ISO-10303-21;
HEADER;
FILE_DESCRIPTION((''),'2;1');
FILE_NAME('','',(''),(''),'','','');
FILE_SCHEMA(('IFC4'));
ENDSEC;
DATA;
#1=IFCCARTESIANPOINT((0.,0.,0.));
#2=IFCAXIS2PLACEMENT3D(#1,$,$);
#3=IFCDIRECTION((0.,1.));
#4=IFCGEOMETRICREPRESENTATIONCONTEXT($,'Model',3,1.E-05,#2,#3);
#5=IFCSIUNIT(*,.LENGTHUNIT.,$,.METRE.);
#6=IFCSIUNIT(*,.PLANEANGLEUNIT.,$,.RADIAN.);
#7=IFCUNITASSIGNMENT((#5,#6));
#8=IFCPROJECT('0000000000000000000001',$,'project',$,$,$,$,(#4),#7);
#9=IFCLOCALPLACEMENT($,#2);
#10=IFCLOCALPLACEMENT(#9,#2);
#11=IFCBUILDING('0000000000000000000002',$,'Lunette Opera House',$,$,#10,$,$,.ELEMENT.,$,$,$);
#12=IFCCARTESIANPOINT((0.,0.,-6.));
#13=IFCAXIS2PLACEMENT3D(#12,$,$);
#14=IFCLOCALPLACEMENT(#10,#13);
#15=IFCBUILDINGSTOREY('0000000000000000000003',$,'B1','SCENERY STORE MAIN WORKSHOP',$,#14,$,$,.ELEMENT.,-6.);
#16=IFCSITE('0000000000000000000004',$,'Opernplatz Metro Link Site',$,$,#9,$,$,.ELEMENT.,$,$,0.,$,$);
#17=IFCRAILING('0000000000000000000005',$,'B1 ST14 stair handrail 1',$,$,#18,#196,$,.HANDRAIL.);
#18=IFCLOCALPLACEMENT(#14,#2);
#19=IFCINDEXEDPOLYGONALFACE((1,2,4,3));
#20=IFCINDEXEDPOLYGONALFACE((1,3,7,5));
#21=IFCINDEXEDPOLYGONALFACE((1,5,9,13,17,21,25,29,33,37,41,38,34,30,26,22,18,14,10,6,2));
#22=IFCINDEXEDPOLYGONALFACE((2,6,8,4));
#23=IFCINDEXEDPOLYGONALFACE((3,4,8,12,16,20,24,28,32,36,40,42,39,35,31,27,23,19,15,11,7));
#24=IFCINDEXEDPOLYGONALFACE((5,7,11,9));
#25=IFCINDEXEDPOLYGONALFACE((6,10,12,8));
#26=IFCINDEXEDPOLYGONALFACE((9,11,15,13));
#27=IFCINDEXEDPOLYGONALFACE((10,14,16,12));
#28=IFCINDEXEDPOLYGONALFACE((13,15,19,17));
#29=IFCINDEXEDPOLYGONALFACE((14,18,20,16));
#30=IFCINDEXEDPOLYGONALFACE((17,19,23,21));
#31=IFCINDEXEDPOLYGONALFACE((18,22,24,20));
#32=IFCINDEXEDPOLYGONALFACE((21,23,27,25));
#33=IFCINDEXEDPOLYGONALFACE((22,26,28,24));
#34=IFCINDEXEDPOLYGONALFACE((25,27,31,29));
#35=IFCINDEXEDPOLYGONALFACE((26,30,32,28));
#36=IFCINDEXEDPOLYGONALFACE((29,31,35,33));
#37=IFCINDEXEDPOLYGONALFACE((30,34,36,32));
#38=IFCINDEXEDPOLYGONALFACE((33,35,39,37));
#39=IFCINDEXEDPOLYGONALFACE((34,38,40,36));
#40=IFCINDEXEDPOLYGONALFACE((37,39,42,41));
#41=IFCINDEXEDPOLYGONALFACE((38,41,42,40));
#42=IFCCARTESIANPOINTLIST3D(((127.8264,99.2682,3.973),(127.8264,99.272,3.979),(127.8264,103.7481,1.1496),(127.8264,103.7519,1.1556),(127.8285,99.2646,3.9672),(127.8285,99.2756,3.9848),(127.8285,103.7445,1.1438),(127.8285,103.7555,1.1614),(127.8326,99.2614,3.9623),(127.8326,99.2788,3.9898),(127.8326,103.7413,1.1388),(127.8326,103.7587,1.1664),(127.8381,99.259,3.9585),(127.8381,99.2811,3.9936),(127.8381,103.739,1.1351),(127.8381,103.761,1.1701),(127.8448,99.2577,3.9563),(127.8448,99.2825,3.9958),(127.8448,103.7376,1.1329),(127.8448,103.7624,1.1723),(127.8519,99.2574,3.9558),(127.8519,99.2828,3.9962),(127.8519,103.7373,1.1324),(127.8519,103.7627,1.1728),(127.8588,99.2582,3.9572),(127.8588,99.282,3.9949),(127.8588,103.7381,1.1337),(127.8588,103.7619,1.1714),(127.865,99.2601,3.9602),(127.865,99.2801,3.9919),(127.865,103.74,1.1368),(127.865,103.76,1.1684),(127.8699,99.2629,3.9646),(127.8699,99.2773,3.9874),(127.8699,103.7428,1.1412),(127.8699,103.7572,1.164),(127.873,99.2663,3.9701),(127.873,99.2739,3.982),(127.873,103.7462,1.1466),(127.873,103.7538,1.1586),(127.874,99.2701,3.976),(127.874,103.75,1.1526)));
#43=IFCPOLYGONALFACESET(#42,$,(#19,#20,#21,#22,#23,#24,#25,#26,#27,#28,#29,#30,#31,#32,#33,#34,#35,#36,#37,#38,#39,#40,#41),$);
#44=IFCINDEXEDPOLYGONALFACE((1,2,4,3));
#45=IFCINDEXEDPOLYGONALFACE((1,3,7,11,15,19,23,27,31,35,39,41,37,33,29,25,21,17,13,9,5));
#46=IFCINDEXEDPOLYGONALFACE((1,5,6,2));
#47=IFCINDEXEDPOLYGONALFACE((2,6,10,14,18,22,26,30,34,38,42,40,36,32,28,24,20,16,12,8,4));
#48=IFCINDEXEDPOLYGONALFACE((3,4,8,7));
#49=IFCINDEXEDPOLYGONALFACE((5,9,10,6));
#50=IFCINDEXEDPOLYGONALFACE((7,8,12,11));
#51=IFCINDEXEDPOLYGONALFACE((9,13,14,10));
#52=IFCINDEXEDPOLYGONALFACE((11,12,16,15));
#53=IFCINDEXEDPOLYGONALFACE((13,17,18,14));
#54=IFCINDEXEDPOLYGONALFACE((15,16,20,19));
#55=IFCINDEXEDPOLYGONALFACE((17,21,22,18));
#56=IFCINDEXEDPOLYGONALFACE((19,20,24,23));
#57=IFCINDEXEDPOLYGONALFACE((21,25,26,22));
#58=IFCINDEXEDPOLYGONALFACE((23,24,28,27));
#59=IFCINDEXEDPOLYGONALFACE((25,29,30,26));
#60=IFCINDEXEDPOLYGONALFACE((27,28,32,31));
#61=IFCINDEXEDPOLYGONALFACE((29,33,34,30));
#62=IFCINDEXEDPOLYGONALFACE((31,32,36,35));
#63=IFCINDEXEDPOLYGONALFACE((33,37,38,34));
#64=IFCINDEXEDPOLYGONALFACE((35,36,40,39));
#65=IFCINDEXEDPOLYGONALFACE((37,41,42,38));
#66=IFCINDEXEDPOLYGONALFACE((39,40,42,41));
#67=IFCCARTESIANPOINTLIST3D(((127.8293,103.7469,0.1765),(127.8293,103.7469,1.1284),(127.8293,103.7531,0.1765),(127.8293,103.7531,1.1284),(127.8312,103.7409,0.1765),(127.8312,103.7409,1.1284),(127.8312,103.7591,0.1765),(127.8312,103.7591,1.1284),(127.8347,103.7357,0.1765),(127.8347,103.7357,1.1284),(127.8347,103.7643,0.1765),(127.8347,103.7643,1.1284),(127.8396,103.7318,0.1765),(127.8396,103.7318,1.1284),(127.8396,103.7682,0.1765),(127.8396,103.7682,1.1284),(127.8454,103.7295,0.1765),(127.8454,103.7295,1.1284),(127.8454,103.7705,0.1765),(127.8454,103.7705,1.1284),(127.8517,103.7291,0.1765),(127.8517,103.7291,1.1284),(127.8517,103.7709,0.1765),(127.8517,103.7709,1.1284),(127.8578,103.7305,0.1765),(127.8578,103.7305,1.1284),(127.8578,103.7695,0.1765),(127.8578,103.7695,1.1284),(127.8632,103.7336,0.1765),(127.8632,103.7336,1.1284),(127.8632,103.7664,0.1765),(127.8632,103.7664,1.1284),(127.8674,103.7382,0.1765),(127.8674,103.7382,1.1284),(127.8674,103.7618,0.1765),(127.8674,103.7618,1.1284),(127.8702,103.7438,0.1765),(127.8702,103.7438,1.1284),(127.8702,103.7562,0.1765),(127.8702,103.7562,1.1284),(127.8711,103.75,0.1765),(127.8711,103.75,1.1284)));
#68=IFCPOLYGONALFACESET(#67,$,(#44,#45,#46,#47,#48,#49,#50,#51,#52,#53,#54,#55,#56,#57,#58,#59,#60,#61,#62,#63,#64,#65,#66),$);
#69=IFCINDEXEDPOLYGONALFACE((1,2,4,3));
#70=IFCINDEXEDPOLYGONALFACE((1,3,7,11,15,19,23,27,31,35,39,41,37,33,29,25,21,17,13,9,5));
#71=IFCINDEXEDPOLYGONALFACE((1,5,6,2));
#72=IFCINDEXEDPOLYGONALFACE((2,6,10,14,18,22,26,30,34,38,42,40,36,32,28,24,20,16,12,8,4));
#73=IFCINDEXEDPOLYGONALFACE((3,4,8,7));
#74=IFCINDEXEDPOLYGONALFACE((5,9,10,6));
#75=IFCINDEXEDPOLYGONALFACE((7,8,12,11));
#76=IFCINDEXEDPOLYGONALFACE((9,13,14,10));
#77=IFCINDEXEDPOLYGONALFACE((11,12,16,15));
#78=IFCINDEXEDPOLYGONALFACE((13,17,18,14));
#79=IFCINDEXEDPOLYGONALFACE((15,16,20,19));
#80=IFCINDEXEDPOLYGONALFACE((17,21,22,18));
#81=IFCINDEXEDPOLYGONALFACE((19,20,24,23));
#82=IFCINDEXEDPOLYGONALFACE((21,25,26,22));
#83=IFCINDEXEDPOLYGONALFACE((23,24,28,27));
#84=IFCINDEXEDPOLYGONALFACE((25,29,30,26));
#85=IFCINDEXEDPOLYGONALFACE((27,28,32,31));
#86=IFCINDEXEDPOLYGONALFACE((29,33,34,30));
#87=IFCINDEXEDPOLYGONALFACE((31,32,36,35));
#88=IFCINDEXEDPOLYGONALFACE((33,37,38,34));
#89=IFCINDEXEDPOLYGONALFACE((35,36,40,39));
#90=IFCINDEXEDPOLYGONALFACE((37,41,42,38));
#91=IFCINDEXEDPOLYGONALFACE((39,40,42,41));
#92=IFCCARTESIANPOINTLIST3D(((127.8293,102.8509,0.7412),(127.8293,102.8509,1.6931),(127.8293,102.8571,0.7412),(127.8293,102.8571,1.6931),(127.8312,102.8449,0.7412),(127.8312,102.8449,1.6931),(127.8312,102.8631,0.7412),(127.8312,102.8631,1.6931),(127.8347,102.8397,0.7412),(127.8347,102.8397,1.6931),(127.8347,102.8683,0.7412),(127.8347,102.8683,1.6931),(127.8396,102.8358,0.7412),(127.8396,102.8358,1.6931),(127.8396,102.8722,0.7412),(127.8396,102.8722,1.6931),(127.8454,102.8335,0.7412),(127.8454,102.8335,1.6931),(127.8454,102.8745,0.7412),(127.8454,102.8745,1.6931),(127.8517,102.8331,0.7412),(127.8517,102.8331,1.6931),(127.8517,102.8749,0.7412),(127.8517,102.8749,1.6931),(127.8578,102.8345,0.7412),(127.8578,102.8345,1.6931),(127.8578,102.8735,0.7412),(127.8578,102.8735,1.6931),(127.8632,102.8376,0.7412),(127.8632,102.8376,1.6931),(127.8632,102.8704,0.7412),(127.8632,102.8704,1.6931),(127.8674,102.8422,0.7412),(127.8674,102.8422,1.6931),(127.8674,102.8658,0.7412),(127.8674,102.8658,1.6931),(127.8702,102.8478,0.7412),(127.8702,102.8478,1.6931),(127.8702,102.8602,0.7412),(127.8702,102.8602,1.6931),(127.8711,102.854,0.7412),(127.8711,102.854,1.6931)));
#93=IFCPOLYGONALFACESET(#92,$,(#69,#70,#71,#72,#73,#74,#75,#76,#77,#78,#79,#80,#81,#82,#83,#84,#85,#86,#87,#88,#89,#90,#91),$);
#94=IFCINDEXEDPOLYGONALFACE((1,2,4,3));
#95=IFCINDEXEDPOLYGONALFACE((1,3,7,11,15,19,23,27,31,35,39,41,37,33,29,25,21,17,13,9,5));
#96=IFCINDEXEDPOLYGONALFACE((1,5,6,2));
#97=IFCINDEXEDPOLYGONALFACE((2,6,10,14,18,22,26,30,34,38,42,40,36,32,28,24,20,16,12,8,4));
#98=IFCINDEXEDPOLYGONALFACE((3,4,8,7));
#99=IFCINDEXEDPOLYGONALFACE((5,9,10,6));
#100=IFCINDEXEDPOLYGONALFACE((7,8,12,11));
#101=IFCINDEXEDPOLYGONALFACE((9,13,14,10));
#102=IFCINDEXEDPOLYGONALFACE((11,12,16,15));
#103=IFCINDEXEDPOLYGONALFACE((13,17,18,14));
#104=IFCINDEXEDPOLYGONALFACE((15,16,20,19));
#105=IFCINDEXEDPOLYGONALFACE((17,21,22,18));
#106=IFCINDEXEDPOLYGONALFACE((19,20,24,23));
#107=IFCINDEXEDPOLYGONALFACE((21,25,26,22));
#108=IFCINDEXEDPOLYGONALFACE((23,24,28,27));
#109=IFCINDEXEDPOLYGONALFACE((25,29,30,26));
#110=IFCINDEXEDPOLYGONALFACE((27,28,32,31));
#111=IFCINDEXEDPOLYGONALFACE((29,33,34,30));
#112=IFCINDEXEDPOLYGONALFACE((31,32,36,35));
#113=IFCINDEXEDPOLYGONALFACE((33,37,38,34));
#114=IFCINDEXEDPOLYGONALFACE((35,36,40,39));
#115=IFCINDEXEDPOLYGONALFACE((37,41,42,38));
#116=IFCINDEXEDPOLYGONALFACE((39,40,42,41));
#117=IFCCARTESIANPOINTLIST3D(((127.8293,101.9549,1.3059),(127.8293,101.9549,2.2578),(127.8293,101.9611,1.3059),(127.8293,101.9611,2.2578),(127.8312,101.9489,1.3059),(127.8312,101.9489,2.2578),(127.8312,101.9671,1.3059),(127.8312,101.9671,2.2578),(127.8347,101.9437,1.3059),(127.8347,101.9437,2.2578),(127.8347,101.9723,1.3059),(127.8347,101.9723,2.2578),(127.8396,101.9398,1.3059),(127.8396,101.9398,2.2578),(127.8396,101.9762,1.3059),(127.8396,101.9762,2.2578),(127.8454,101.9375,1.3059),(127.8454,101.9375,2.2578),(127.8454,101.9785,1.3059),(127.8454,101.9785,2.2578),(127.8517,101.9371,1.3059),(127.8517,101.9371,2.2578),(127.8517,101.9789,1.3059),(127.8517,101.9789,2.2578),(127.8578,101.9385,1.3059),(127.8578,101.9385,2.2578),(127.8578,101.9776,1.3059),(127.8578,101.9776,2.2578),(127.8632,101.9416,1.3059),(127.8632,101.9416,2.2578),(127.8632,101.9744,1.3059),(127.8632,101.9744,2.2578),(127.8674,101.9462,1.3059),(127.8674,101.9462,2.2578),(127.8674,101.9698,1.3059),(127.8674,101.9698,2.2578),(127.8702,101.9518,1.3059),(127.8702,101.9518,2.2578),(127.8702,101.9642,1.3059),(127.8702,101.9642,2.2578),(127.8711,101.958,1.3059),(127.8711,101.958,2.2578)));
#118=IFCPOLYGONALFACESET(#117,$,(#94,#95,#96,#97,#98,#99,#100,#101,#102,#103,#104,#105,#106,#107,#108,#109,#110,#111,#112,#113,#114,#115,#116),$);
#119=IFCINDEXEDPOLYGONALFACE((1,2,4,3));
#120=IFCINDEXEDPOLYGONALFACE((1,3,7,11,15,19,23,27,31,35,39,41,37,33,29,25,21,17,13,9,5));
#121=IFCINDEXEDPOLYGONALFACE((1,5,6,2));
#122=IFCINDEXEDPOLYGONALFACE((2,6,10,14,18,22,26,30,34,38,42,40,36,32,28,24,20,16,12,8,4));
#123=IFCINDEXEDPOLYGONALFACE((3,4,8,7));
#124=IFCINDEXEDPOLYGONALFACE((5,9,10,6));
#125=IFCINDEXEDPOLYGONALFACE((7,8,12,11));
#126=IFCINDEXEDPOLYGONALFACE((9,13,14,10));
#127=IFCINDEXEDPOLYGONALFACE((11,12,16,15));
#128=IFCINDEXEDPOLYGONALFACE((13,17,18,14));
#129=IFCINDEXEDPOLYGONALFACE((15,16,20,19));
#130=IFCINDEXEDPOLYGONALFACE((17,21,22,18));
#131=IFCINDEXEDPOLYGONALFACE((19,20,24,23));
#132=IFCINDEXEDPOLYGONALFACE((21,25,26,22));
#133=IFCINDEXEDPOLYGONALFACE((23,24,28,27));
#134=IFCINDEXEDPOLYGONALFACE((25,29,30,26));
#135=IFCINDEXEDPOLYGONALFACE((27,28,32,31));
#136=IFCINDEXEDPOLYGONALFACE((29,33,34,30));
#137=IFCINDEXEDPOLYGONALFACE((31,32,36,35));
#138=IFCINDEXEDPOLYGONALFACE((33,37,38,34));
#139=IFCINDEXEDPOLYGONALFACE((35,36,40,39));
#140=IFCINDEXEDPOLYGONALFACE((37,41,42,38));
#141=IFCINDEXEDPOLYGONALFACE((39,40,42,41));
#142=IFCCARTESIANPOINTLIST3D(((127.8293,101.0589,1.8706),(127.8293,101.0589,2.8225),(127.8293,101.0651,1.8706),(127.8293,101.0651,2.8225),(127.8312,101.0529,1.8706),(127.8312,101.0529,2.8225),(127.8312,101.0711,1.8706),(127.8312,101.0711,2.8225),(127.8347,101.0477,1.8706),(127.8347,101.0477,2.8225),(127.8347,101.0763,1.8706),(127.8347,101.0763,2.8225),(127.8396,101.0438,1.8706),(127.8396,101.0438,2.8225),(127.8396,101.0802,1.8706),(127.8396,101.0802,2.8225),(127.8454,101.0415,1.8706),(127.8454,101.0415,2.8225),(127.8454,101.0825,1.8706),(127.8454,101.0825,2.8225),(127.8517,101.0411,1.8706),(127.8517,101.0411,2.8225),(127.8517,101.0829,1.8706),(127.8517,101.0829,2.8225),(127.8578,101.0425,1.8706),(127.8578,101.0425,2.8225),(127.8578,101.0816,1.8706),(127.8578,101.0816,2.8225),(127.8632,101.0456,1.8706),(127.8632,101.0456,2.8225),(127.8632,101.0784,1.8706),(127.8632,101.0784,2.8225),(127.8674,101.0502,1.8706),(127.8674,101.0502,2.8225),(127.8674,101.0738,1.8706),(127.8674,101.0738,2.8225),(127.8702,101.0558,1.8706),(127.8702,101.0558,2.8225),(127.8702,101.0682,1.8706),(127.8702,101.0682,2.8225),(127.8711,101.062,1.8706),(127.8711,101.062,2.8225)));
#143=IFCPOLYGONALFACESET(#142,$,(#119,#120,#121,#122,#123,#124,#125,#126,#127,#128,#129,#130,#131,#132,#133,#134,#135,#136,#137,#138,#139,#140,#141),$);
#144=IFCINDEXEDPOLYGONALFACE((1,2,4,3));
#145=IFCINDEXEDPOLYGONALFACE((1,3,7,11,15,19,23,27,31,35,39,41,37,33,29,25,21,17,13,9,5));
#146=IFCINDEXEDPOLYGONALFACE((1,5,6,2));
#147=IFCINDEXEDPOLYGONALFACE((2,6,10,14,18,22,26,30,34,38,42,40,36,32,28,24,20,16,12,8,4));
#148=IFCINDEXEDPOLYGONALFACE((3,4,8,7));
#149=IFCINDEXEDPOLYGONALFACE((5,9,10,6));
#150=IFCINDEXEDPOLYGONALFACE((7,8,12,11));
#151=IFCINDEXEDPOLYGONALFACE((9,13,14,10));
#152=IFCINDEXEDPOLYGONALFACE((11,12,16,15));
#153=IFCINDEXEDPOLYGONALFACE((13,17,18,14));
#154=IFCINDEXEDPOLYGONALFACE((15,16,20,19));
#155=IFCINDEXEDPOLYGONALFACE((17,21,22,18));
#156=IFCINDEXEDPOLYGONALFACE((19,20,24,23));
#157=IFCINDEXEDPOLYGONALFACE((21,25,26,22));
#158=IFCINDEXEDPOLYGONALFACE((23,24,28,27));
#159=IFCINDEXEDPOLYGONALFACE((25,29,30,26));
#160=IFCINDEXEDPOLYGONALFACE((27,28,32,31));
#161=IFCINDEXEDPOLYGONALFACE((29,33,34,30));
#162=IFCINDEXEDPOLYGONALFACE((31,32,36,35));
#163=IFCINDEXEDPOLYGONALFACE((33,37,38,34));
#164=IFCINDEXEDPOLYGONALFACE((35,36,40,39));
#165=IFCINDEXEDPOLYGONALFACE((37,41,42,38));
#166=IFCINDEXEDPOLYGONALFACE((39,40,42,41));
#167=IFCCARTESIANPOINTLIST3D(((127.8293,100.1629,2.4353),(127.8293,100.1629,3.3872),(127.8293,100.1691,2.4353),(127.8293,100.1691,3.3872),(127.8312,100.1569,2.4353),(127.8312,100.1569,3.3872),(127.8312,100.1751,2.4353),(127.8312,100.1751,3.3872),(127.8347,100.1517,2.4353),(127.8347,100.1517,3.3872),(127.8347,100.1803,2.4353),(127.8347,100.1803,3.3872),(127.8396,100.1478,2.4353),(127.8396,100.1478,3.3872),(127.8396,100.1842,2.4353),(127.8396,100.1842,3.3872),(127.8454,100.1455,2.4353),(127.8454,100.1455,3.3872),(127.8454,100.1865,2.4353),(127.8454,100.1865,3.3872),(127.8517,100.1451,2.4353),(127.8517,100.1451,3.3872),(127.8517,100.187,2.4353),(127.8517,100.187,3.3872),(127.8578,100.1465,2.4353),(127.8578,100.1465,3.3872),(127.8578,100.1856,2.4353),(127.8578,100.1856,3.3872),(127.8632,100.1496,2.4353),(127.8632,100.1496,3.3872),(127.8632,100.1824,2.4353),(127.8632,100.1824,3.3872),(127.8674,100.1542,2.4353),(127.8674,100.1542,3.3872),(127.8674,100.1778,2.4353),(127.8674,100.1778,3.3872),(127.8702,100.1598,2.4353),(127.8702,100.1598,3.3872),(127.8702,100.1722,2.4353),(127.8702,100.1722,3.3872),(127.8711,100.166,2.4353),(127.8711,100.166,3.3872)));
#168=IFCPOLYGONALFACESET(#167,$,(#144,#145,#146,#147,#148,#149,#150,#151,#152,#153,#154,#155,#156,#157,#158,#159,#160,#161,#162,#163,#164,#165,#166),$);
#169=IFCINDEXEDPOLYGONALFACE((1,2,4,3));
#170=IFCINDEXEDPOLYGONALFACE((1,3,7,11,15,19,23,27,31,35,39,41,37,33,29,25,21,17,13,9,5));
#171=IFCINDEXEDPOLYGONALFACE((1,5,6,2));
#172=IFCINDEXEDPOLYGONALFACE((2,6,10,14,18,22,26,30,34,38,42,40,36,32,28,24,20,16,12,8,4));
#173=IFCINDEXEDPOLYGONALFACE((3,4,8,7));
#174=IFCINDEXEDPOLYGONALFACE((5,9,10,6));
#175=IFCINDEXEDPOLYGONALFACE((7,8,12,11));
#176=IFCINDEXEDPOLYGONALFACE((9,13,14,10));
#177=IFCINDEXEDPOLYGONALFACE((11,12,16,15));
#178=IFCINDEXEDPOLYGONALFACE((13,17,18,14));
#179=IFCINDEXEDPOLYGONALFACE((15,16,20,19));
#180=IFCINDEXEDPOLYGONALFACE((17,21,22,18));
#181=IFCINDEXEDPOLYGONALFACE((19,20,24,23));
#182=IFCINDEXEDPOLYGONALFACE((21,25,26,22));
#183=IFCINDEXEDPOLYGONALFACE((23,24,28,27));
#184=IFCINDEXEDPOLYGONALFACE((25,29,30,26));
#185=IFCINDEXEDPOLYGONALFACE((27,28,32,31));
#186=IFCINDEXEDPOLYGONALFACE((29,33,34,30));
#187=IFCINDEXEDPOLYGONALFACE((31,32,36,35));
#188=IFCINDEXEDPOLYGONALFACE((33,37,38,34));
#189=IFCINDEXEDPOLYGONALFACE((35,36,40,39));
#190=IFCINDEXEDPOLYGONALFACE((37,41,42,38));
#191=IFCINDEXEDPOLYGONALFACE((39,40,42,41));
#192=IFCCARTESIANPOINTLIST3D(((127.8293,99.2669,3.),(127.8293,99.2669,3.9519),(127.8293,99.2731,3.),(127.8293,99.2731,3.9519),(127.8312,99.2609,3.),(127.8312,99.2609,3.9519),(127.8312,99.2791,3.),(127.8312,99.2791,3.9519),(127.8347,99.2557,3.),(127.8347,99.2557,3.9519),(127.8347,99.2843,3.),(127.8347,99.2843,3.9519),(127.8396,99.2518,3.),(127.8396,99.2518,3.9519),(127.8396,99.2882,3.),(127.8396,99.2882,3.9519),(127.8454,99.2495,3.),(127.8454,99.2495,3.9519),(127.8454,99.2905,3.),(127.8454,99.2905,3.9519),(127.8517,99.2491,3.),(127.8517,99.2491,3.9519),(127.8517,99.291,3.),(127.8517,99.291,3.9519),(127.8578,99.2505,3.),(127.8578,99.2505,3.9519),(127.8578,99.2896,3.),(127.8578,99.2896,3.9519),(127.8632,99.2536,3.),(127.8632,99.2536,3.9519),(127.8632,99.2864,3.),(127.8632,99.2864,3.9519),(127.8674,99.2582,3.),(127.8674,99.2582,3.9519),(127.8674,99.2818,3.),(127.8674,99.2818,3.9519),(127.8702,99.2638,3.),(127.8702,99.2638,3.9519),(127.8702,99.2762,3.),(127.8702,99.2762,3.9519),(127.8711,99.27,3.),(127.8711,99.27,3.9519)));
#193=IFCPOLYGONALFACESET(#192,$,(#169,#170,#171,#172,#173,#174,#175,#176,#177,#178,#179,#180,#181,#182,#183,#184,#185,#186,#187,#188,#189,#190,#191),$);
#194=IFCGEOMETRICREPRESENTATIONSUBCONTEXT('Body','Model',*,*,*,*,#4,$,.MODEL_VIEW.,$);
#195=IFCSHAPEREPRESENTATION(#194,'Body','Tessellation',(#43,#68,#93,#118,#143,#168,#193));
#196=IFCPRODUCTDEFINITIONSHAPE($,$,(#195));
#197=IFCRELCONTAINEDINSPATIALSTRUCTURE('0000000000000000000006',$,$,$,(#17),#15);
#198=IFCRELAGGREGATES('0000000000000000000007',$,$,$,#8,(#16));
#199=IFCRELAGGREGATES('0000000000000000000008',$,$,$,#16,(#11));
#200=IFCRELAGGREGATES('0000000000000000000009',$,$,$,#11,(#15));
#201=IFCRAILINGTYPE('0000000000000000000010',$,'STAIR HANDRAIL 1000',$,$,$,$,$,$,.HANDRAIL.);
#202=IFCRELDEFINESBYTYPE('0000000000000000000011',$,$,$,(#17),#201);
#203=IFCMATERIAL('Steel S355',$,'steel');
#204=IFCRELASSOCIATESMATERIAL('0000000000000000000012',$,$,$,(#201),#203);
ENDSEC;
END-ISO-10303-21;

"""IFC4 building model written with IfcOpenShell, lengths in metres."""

from ifc_helpers import new_model, si_unit, direction, frame, origin, origin_2d, place, context, subcontext, project, spatial, circle, extrude, material, type_object, element, save


model = new_model("IFC4")

# Units and contexts
model_context = context("Model", 3, precision=1e-05, world=origin(), true_north=direction((0.0, 1.0)))
body_context = subcontext(model_context, "Body", "Model", "MODEL_VIEW")
ifc_project = project(units=[si_unit("LENGTHUNIT", "METRE"), si_unit("PLANEANGLEUNIT", "RADIAN")], contexts=[model_context])

# Site, building, storey
site_placement = place(None, origin())
site = spatial("IfcSite", under=ifc_project, at=site_placement, Name="Opernplatz Metro Link Site", CompositionType="ELEMENT", RefElevation=0.0)
building_placement = place(site_placement, origin())
building = spatial("IfcBuilding", under=site, at=building_placement, Name="Lunette Opera House", CompositionType="ELEMENT")
storey_placement = place(building_placement, frame((0.0, 0.0, -6.0)))
storey = spatial("IfcBuildingStorey", under=building, at=storey_placement, Name="B1", Description="SCENERY STORE MAIN WORKSHOP", CompositionType="ELEMENT", Elevation=-6.0)

# Railing
ifc_material_1 = material(Name="Steel S355", Category="steel")
railing_type_1 = type_object("IfcRailingType", Name="STAIR HANDRAIL 1000", PredefinedType="HANDRAIL", material=ifc_material_1)
railing_1_placement = place(storey_placement, frame((127.8501, 103.75, 0.1765)))
element("IfcRailing", 1, at=railing_1_placement, inside=storey, type_object=railing_type_1, Name="B1 ST14 stair handrail 1", PredefinedType="HANDRAIL", context=body_context, shape_type="SweptSolid", body=[
    extrude(circle(Radius=0.0239, at=origin_2d()), frame((0.0, 0.0, 0.9761), z_axis=(0.0, -0.845998, 0.533186), x_axis=(1.0, 0.0, 0.0)), (0.0, 0.0, 1.0), 5.2954),
    extrude(circle(Radius=0.021, at=origin_2d()), origin(), (0.0, 0.0, 1.0), 0.9519),
    extrude(circle(Radius=0.021, at=origin_2d()), frame((0.0, -0.896, 0.5647)), (0.0, 0.0, 1.0), 0.9519),
    extrude(circle(Radius=0.021, at=origin_2d()), frame((0.0, -1.792, 1.1294)), (0.0, 0.0, 1.0), 0.9519),
    extrude(circle(Radius=0.021, at=origin_2d()), frame((0.0, -2.688, 1.6941)), (0.0, 0.0, 1.0), 0.9519),
    extrude(circle(Radius=0.021, at=origin_2d()), frame((0.0, -3.584, 2.2588)), (0.0, 0.0, 1.0), 0.9519),
    extrude(circle(Radius=0.021, at=origin_2d()), frame((0.0, -4.48, 2.8235)), (0.0, 0.0, 1.0), 0.9519),
])

save(model, "model.ifc")
